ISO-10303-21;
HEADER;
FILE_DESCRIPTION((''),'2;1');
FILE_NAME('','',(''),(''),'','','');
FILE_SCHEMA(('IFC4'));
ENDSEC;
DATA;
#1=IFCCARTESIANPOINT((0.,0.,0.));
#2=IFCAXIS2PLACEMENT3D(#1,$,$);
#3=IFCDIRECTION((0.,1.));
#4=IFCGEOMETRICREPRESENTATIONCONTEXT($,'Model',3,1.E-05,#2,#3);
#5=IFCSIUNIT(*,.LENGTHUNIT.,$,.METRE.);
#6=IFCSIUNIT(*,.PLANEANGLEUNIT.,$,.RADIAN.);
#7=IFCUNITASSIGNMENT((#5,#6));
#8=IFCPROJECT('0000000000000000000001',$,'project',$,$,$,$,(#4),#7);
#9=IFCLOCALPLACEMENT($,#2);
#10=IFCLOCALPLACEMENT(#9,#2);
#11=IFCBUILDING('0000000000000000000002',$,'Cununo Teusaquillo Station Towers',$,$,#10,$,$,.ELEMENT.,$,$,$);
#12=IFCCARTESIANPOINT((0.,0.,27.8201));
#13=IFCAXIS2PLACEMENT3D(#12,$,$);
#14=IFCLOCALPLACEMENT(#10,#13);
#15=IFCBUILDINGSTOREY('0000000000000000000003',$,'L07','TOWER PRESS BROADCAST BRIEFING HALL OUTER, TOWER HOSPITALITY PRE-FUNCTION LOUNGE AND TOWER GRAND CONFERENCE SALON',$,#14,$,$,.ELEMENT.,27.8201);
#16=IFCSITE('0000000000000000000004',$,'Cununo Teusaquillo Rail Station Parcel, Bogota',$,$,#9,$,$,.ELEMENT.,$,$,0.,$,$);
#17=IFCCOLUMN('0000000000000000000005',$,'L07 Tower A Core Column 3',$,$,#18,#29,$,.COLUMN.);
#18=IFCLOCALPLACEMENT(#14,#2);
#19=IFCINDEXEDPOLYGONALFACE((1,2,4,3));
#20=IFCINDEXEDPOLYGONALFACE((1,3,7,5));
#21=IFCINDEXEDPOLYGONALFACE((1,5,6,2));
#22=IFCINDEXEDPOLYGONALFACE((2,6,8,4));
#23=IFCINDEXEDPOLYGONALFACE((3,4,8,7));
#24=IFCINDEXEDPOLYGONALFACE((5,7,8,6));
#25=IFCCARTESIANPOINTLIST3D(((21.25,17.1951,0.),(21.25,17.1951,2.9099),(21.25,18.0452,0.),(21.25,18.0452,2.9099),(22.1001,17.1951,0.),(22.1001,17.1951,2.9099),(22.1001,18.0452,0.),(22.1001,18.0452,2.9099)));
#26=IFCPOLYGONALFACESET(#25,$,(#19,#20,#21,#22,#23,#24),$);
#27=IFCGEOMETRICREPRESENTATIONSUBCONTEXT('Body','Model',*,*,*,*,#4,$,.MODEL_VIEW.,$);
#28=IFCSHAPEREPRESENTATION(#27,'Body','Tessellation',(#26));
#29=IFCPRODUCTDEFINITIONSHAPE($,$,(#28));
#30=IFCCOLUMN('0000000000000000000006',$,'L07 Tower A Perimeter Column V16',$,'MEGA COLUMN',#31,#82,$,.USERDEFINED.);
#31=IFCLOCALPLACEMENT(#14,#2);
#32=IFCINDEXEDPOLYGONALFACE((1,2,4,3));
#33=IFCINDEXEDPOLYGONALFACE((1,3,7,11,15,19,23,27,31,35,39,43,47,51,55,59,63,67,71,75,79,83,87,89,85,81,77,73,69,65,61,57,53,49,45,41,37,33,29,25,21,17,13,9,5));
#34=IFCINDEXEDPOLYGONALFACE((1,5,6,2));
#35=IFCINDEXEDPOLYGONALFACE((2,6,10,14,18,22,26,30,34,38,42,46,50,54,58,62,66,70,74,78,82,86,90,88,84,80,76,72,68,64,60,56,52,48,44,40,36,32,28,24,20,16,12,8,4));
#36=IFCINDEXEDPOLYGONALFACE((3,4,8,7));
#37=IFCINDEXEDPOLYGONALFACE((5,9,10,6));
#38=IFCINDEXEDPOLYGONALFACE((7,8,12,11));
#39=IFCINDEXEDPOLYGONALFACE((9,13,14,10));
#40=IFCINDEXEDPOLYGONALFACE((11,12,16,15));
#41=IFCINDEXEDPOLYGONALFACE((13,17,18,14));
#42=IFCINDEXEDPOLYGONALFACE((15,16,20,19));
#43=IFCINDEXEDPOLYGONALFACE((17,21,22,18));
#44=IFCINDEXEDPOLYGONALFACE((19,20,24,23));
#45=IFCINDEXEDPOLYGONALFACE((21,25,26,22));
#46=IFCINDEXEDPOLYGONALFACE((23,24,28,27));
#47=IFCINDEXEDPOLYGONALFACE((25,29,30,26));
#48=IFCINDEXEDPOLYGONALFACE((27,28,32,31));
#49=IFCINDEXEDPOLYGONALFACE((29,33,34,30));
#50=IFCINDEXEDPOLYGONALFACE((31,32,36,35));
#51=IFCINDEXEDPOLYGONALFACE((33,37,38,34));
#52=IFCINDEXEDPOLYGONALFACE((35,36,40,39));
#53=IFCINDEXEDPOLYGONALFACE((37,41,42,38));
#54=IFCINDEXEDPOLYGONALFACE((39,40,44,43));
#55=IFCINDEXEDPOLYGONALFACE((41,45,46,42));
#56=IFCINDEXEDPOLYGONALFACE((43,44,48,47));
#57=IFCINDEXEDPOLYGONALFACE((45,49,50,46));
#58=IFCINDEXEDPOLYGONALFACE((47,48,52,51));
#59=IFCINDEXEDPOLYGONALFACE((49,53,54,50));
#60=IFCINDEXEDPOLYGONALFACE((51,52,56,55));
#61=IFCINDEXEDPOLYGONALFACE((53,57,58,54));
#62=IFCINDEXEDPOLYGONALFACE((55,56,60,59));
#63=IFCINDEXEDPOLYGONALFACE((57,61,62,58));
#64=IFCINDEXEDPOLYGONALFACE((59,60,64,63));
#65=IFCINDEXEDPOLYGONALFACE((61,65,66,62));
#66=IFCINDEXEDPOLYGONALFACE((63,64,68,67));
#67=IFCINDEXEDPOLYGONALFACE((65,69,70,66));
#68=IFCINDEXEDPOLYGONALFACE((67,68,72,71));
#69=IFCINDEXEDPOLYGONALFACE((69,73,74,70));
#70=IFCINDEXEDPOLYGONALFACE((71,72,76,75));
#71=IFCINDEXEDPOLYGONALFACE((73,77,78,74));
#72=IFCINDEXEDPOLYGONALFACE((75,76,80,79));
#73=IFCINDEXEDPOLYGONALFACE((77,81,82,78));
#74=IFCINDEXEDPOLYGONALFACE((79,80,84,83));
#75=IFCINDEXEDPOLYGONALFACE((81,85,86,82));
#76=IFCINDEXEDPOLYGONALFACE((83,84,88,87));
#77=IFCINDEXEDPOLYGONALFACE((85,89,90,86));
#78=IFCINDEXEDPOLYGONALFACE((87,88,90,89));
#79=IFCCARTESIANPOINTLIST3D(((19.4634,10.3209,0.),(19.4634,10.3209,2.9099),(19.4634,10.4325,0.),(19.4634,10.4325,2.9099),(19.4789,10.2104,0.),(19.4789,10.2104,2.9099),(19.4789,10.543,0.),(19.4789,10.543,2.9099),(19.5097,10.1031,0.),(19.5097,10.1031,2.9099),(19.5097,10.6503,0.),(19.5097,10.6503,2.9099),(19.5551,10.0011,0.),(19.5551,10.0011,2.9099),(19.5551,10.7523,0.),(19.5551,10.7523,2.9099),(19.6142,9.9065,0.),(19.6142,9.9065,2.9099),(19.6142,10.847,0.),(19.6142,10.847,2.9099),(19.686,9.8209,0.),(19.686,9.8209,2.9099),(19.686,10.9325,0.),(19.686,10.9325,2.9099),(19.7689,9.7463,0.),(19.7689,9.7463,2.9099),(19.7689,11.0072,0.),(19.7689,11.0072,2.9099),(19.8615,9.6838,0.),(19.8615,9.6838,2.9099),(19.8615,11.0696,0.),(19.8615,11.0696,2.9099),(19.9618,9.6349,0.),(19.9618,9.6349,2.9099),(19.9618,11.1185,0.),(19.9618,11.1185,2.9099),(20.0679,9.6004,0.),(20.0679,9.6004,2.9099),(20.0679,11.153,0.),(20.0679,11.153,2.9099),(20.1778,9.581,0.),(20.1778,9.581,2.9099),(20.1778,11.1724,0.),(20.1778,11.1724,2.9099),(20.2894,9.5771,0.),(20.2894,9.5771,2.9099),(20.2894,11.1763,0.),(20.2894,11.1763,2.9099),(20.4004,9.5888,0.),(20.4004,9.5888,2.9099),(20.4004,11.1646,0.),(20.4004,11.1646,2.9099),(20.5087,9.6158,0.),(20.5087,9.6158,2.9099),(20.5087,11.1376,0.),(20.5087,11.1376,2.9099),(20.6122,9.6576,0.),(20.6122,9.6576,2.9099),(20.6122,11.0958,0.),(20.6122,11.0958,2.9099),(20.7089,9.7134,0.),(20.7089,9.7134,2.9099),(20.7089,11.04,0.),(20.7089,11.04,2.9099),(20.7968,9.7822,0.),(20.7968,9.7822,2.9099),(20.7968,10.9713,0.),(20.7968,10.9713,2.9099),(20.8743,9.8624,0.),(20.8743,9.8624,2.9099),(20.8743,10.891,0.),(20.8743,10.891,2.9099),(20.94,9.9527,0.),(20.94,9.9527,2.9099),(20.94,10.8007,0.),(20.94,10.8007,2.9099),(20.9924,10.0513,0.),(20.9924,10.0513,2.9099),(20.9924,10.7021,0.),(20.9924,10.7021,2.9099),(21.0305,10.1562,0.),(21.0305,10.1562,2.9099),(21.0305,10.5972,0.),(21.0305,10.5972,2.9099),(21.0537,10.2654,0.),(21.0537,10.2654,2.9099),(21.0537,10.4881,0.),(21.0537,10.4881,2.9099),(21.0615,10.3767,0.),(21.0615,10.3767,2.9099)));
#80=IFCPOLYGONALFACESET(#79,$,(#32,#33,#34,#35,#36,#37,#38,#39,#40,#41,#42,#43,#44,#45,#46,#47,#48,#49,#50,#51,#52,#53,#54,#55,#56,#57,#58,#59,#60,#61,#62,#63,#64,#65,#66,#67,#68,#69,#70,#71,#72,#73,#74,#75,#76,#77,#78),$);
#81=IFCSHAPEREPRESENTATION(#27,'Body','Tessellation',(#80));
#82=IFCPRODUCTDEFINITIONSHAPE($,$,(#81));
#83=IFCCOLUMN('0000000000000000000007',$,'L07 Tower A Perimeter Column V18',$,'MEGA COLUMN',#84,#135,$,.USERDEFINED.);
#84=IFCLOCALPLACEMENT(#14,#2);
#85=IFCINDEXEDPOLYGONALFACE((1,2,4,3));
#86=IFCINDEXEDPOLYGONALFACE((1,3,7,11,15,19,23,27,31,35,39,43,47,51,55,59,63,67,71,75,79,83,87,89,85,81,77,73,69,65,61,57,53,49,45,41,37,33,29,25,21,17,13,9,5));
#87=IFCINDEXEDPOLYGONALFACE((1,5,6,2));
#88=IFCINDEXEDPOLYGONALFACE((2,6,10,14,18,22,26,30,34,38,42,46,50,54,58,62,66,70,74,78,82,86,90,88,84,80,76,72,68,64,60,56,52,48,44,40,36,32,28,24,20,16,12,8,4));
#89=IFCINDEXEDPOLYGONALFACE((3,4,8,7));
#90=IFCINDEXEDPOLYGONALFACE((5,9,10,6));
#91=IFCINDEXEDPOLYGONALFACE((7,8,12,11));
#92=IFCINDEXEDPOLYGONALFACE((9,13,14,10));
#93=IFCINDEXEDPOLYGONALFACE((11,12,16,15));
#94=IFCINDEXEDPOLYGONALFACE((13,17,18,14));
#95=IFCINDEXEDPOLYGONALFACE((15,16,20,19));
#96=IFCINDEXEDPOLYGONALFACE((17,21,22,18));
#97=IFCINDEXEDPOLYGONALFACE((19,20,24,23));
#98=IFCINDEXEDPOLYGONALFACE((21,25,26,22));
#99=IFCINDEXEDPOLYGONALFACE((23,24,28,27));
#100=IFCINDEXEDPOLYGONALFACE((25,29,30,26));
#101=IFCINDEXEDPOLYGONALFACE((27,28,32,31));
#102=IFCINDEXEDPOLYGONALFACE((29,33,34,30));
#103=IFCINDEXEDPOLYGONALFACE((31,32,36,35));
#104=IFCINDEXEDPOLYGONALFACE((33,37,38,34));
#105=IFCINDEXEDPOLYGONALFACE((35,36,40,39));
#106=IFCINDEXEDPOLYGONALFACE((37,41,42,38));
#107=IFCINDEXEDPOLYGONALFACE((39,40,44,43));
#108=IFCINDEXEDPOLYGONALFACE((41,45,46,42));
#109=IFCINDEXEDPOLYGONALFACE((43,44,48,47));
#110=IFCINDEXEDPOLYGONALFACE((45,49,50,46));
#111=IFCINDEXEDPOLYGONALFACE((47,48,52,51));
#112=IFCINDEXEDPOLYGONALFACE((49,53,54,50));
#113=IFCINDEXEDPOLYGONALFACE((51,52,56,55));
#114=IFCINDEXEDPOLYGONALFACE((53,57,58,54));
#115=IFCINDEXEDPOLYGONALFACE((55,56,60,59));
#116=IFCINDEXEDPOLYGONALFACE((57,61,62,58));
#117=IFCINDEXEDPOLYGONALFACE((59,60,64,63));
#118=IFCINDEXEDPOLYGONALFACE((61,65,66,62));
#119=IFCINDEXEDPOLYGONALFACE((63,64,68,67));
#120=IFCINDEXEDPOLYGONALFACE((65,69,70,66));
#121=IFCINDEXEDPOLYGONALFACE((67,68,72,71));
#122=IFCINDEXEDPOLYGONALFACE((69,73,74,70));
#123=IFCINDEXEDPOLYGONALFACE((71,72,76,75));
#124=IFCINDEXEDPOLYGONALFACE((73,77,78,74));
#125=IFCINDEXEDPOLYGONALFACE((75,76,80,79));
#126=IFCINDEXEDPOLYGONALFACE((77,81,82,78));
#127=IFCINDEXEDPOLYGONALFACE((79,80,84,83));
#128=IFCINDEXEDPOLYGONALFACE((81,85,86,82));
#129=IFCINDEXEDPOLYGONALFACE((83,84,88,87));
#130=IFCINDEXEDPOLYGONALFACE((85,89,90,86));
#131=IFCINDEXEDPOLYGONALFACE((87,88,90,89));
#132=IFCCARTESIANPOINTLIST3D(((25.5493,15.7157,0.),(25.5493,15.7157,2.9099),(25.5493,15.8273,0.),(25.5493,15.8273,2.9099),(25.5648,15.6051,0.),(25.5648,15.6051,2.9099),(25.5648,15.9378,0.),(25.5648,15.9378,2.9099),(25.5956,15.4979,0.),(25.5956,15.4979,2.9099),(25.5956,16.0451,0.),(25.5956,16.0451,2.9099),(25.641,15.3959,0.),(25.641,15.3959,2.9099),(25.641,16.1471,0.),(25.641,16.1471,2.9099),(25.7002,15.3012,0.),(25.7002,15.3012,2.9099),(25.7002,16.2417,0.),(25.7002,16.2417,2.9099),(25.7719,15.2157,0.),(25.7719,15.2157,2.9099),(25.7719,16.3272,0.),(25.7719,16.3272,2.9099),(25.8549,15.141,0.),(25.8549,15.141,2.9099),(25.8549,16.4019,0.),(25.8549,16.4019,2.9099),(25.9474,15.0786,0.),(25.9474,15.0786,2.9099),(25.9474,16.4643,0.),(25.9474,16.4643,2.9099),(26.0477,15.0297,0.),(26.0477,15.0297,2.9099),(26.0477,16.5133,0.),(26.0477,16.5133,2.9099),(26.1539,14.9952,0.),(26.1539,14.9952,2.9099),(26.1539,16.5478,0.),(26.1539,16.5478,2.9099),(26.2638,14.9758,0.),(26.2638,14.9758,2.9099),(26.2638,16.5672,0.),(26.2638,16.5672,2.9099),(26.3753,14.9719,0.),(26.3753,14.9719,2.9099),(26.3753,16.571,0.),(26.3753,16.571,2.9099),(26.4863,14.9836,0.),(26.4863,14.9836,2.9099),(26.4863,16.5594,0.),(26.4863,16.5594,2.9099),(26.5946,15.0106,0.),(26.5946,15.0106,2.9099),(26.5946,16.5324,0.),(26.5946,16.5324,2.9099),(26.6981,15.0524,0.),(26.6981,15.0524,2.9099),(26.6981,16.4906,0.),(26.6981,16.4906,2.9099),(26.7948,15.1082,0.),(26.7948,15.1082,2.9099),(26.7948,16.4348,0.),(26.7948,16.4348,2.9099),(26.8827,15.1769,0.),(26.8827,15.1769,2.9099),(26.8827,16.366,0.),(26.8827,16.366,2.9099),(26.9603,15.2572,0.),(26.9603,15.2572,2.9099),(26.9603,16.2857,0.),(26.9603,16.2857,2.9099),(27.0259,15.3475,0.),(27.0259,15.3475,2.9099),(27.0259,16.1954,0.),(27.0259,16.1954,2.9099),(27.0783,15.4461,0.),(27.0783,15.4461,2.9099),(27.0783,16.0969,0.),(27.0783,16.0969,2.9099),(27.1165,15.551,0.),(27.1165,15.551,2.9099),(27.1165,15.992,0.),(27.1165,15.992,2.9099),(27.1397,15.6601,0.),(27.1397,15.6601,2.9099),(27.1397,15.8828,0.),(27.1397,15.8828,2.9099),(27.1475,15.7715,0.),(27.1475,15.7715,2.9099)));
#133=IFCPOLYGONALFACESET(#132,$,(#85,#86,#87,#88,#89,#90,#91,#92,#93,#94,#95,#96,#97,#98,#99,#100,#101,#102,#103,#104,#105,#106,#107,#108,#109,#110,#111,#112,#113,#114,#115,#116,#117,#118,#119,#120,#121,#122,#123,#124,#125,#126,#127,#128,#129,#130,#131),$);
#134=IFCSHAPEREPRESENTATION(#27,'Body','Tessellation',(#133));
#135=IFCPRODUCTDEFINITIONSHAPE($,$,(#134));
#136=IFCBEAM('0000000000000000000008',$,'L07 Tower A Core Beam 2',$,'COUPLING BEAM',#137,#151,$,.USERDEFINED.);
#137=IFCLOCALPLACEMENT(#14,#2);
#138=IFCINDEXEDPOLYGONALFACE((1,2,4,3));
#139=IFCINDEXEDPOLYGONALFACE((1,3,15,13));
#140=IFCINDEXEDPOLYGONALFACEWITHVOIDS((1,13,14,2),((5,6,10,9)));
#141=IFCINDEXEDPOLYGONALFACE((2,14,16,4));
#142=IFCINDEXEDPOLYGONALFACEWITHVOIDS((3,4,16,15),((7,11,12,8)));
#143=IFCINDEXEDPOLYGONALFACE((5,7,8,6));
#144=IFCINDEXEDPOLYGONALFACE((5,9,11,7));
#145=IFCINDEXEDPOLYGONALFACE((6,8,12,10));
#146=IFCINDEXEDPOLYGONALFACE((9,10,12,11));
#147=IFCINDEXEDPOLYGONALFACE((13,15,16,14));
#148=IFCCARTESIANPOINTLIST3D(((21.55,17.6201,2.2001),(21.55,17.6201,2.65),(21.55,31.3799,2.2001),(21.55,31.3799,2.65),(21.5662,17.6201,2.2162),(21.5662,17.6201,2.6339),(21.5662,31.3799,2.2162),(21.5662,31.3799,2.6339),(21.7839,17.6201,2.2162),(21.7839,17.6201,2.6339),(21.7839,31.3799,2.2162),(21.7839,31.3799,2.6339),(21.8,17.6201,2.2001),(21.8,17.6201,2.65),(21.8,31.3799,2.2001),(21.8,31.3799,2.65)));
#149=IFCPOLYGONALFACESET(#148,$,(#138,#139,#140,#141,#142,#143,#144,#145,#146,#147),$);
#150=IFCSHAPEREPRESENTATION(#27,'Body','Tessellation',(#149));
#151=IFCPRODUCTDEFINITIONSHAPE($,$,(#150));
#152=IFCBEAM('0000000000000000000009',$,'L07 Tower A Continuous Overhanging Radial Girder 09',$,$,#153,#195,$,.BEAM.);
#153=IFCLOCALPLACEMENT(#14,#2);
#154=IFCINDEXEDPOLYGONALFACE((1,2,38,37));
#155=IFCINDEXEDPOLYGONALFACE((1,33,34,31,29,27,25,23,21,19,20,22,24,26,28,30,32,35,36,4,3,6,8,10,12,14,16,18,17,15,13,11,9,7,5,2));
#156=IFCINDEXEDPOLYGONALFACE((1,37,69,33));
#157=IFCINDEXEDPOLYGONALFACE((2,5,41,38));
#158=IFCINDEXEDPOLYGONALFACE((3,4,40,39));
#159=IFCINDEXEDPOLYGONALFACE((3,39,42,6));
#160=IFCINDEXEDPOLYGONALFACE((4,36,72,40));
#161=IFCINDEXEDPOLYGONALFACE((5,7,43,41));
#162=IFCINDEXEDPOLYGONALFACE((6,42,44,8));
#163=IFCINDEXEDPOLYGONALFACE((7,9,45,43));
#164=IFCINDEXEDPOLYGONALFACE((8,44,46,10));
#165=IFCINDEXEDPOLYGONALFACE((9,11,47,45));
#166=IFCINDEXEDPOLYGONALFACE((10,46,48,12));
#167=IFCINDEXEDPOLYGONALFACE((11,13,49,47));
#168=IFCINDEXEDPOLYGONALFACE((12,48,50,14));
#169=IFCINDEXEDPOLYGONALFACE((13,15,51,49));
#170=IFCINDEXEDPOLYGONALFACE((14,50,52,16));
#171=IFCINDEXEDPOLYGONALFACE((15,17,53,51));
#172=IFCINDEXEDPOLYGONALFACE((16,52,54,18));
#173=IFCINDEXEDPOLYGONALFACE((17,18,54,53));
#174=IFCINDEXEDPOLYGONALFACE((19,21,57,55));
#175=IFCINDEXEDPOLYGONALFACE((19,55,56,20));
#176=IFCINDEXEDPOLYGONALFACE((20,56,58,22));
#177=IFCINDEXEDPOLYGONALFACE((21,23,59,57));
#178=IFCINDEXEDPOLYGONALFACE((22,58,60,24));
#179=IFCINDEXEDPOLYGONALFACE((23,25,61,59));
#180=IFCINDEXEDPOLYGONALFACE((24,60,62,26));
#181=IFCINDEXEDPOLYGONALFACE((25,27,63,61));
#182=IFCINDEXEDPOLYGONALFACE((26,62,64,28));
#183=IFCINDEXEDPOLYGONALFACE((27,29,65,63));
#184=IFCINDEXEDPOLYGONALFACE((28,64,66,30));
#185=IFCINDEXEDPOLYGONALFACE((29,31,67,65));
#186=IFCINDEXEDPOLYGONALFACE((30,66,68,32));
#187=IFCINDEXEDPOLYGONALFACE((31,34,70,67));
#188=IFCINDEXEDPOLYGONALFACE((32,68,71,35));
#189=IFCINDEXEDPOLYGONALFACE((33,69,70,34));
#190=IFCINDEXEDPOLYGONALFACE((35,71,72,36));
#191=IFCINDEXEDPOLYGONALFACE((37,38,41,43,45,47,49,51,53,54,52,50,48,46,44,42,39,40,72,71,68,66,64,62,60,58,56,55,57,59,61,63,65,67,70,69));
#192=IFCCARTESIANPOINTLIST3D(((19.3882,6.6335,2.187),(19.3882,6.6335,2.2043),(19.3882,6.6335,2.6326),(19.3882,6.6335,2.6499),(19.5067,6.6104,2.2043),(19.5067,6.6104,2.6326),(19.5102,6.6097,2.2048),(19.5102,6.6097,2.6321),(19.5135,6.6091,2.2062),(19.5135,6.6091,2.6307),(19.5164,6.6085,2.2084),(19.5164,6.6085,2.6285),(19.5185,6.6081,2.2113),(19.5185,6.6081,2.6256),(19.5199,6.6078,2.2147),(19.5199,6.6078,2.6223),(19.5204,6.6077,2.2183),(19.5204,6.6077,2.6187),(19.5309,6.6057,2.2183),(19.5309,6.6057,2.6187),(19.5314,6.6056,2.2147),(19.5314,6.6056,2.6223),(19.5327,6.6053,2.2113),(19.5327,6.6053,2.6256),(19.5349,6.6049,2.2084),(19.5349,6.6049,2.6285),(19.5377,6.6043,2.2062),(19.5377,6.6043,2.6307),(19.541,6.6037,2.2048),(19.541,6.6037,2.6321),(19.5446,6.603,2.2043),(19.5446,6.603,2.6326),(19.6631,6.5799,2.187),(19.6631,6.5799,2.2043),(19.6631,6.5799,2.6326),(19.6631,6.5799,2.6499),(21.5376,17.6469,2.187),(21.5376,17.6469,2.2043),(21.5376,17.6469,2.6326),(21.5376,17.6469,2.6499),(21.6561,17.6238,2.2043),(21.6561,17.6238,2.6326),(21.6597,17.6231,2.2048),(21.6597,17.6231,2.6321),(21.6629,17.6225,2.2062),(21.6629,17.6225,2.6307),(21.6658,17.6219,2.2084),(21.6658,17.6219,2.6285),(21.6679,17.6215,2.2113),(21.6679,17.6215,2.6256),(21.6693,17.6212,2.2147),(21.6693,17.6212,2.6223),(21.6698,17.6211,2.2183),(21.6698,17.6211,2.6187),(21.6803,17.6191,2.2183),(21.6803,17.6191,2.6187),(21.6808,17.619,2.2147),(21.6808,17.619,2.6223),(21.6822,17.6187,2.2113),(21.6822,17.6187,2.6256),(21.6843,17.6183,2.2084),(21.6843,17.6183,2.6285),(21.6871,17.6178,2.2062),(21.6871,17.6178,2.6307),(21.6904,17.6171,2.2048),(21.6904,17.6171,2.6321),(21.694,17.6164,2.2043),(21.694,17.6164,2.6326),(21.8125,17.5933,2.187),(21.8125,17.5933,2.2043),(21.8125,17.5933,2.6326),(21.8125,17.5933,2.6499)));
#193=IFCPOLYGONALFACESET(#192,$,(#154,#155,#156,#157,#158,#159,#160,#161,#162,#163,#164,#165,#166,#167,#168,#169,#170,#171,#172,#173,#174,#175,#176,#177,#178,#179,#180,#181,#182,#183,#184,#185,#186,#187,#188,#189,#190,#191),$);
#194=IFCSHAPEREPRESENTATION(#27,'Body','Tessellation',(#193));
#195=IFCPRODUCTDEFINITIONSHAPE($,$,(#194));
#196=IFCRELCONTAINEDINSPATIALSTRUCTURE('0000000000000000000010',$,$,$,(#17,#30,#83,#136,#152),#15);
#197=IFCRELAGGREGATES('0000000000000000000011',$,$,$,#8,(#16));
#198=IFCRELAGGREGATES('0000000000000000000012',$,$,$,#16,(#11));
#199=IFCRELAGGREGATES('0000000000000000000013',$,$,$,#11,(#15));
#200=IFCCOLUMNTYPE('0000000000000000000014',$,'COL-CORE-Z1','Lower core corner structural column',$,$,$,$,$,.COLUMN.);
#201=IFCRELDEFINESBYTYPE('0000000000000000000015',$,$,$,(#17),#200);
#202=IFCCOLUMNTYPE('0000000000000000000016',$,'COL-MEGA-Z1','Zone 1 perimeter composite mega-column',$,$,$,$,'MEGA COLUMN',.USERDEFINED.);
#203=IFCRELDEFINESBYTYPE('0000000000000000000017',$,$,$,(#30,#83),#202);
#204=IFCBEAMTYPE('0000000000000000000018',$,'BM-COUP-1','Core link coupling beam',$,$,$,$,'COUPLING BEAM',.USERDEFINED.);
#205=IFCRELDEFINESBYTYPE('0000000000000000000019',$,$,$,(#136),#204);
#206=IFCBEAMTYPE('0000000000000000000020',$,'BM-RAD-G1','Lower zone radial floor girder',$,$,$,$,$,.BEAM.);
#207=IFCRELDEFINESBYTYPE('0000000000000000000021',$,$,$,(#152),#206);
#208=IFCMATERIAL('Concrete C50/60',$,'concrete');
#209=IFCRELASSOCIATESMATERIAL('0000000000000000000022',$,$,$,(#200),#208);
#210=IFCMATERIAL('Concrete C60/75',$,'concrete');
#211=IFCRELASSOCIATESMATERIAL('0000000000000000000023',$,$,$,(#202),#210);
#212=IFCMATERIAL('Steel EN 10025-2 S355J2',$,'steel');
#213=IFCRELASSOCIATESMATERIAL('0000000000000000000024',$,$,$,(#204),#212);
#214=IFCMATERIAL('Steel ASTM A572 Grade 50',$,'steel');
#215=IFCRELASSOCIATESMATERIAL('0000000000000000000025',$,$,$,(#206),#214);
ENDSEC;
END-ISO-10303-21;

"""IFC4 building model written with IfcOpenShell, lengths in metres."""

from ifc_helpers import new_model, si_unit, direction, frame, origin, origin_2d, place, context, subcontext, project, spatial, rectangle, hollow_rectangle, circle, i_section, extrude, material, material_profile, profile_set, type_object, element, save


model = new_model("IFC4")

# Units and contexts
model_context = context("Model", 3, precision=1e-05, world=origin(), true_north=direction((0.0, 1.0)))
body_context = subcontext(model_context, "Body", "Model", "MODEL_VIEW")
ifc_project = project(units=[si_unit("LENGTHUNIT", "METRE"), si_unit("PLANEANGLEUNIT", "RADIAN")], contexts=[model_context])

# Site, building, storey
site_placement = place(None, origin())
site = spatial("IfcSite", under=ifc_project, at=site_placement, Name="Cununo Teusaquillo Rail Station Parcel, Bogota", CompositionType="ELEMENT", RefElevation=0.0)
building_placement = place(site_placement, origin())
building = spatial("IfcBuilding", under=site, at=building_placement, Name="Cununo Teusaquillo Station Towers", CompositionType="ELEMENT")
storey_placement = place(building_placement, frame((0.0, 0.0, 27.8201)))
storey = spatial("IfcBuildingStorey", under=building, at=storey_placement, Name="L07", Description="TOWER PRESS BROADCAST BRIEFING HALL OUTER, TOWER HOSPITALITY PRE-FUNCTION LOUNGE AND TOWER GRAND CONFERENCE SALON", CompositionType="ELEMENT", Elevation=27.8201)

# Columns
ifc_material_1 = material(Name="Concrete C50/60", Category="concrete")
ifc_material_profile_1 = material_profile(ifc_material_1, rectangle(XDim=0.8501, YDim=0.8501, at=origin_2d()), Name="RC-RECT-850x850")
ifc_profile_set_1 = profile_set([ifc_material_profile_1], Name="Concrete C50/60")
column_type_1 = type_object("IfcColumnType", Name="COL-CORE-Z1", Description="Lower core corner structural column", PredefinedType="COLUMN", material=ifc_profile_set_1)
column_placement = place(storey_placement, frame((21.675, 17.6201, 0.0), z_axis=(0.0, 0.0, 1.0), x_axis=(1.0, 0.0, 0.0)))
element("IfcColumn", 1, at=column_placement, inside=storey, type_object=column_type_1, Name="L07 Tower A Core Column 3", PredefinedType="COLUMN", context=body_context, shape_type="SweptSolid", body=[
    extrude(rectangle(XDim=0.8501, YDim=0.8501, at=origin_2d()), origin(), (0.0, 0.0, 1.0), 2.9099),
])
ifc_material_2 = material(Name="Concrete C60/75", Category="concrete")
ifc_material_profile_2 = material_profile(ifc_material_2, circle(Radius=0.8, at=origin_2d()), Name="RC-CIRC-1600")
ifc_profile_set_2 = profile_set([ifc_material_profile_2], Name="Concrete C60/75")
column_type_2 = type_object("IfcColumnType", Name="COL-MEGA-Z1", Description="Zone 1 perimeter composite mega-column", ElementType="MEGA COLUMN", PredefinedType="USERDEFINED", material=ifc_profile_set_2)
for number, where, z_axis, x_axis, name in (
    (2, (20.2615, 10.3767, 0.0), (0.0, 0.0, 1.0), (1.0, 0.0, 0.0), "L07 Tower A Perimeter Column V16"),
    (3, (26.3474, 15.7715, 0.0), (0.0, 0.0, 1.0), (1.0, 0.0, 0.0), "L07 Tower A Perimeter Column V18"),
):
    element("IfcColumn", number, at=place(storey_placement, frame(where, z_axis=z_axis, x_axis=x_axis)), inside=storey, type_object=column_type_2, Name=name, ObjectType="MEGA COLUMN", PredefinedType="USERDEFINED", context=body_context, shape_type="SweptSolid", body=[
        extrude(circle(Radius=0.8, at=origin_2d()), origin(), (0.0, 0.0, 1.0), 2.9099),
    ])

# Beams
ifc_material_3 = material(Name="Steel EN 10025-2 S355J2", Category="steel")
ifc_material_profile_3 = material_profile(ifc_material_3, hollow_rectangle(XDim=0.25, YDim=0.45, WallThickness=0.0161, at=origin_2d()), Name="RHS 450x250x16")
ifc_profile_set_3 = profile_set([ifc_material_profile_3], Name="Steel EN 10025-2 S355J2")
beam_type_1 = type_object("IfcBeamType", Name="BM-COUP-1", Description="Core link coupling beam", ElementType="COUPLING BEAM", PredefinedType="USERDEFINED", material=ifc_profile_set_3)
beam_1_placement = place(storey_placement, frame((21.675, 17.6201, 2.425), z_axis=(0.0, 1.0, 0.0), x_axis=(-1.0, 0.0, 0.0)))
element("IfcBeam", 4, at=beam_1_placement, inside=storey, type_object=beam_type_1, Name="L07 Tower A Core Beam 2", ObjectType="COUPLING BEAM", PredefinedType="USERDEFINED", context=body_context, shape_type="SweptSolid", body=[
    extrude(hollow_rectangle(XDim=0.25, YDim=0.45, WallThickness=0.0161, at=origin_2d()), origin(), (0.0, 0.0, 1.0), 13.7598),
])
ifc_material_4 = material(Name="Steel ASTM A572 Grade 50", Category="steel")
ifc_material_profile_4 = material_profile(ifc_material_4, i_section(OverallWidth=0.28, OverallDepth=0.4629, WebThickness=0.0107, FlangeThickness=0.0173, FilletRadius=0.0139, at=origin_2d()), Name="W18X76")
ifc_profile_set_4 = profile_set([ifc_material_profile_4], Name="Steel ASTM A572 Grade 50")
beam_type_2 = type_object("IfcBeamType", Name="BM-RAD-G1", Description="Lower zone radial floor girder", PredefinedType="BEAM", material=ifc_profile_set_4)
beam_2_placement = place(storey_placement, frame((21.675, 17.6201, 2.4185), z_axis=(-0.191549, -0.981483, 0.0), x_axis=(0.981483, -0.191549, 0.0)))
element("IfcBeam", 5, at=beam_2_placement, inside=storey, type_object=beam_type_2, Name="L07 Tower A Continuous Overhanging Radial Girder 09", PredefinedType="BEAM", context=body_context, shape_type="SweptSolid", body=[
    extrude(i_section(OverallWidth=0.28, OverallDepth=0.4629, WebThickness=0.0107, FlangeThickness=0.0173, FilletRadius=0.0139, at=origin_2d()), origin(), (0.0, 0.0, 1.0), 11.2212),
])

save(model, "model.ifc")
